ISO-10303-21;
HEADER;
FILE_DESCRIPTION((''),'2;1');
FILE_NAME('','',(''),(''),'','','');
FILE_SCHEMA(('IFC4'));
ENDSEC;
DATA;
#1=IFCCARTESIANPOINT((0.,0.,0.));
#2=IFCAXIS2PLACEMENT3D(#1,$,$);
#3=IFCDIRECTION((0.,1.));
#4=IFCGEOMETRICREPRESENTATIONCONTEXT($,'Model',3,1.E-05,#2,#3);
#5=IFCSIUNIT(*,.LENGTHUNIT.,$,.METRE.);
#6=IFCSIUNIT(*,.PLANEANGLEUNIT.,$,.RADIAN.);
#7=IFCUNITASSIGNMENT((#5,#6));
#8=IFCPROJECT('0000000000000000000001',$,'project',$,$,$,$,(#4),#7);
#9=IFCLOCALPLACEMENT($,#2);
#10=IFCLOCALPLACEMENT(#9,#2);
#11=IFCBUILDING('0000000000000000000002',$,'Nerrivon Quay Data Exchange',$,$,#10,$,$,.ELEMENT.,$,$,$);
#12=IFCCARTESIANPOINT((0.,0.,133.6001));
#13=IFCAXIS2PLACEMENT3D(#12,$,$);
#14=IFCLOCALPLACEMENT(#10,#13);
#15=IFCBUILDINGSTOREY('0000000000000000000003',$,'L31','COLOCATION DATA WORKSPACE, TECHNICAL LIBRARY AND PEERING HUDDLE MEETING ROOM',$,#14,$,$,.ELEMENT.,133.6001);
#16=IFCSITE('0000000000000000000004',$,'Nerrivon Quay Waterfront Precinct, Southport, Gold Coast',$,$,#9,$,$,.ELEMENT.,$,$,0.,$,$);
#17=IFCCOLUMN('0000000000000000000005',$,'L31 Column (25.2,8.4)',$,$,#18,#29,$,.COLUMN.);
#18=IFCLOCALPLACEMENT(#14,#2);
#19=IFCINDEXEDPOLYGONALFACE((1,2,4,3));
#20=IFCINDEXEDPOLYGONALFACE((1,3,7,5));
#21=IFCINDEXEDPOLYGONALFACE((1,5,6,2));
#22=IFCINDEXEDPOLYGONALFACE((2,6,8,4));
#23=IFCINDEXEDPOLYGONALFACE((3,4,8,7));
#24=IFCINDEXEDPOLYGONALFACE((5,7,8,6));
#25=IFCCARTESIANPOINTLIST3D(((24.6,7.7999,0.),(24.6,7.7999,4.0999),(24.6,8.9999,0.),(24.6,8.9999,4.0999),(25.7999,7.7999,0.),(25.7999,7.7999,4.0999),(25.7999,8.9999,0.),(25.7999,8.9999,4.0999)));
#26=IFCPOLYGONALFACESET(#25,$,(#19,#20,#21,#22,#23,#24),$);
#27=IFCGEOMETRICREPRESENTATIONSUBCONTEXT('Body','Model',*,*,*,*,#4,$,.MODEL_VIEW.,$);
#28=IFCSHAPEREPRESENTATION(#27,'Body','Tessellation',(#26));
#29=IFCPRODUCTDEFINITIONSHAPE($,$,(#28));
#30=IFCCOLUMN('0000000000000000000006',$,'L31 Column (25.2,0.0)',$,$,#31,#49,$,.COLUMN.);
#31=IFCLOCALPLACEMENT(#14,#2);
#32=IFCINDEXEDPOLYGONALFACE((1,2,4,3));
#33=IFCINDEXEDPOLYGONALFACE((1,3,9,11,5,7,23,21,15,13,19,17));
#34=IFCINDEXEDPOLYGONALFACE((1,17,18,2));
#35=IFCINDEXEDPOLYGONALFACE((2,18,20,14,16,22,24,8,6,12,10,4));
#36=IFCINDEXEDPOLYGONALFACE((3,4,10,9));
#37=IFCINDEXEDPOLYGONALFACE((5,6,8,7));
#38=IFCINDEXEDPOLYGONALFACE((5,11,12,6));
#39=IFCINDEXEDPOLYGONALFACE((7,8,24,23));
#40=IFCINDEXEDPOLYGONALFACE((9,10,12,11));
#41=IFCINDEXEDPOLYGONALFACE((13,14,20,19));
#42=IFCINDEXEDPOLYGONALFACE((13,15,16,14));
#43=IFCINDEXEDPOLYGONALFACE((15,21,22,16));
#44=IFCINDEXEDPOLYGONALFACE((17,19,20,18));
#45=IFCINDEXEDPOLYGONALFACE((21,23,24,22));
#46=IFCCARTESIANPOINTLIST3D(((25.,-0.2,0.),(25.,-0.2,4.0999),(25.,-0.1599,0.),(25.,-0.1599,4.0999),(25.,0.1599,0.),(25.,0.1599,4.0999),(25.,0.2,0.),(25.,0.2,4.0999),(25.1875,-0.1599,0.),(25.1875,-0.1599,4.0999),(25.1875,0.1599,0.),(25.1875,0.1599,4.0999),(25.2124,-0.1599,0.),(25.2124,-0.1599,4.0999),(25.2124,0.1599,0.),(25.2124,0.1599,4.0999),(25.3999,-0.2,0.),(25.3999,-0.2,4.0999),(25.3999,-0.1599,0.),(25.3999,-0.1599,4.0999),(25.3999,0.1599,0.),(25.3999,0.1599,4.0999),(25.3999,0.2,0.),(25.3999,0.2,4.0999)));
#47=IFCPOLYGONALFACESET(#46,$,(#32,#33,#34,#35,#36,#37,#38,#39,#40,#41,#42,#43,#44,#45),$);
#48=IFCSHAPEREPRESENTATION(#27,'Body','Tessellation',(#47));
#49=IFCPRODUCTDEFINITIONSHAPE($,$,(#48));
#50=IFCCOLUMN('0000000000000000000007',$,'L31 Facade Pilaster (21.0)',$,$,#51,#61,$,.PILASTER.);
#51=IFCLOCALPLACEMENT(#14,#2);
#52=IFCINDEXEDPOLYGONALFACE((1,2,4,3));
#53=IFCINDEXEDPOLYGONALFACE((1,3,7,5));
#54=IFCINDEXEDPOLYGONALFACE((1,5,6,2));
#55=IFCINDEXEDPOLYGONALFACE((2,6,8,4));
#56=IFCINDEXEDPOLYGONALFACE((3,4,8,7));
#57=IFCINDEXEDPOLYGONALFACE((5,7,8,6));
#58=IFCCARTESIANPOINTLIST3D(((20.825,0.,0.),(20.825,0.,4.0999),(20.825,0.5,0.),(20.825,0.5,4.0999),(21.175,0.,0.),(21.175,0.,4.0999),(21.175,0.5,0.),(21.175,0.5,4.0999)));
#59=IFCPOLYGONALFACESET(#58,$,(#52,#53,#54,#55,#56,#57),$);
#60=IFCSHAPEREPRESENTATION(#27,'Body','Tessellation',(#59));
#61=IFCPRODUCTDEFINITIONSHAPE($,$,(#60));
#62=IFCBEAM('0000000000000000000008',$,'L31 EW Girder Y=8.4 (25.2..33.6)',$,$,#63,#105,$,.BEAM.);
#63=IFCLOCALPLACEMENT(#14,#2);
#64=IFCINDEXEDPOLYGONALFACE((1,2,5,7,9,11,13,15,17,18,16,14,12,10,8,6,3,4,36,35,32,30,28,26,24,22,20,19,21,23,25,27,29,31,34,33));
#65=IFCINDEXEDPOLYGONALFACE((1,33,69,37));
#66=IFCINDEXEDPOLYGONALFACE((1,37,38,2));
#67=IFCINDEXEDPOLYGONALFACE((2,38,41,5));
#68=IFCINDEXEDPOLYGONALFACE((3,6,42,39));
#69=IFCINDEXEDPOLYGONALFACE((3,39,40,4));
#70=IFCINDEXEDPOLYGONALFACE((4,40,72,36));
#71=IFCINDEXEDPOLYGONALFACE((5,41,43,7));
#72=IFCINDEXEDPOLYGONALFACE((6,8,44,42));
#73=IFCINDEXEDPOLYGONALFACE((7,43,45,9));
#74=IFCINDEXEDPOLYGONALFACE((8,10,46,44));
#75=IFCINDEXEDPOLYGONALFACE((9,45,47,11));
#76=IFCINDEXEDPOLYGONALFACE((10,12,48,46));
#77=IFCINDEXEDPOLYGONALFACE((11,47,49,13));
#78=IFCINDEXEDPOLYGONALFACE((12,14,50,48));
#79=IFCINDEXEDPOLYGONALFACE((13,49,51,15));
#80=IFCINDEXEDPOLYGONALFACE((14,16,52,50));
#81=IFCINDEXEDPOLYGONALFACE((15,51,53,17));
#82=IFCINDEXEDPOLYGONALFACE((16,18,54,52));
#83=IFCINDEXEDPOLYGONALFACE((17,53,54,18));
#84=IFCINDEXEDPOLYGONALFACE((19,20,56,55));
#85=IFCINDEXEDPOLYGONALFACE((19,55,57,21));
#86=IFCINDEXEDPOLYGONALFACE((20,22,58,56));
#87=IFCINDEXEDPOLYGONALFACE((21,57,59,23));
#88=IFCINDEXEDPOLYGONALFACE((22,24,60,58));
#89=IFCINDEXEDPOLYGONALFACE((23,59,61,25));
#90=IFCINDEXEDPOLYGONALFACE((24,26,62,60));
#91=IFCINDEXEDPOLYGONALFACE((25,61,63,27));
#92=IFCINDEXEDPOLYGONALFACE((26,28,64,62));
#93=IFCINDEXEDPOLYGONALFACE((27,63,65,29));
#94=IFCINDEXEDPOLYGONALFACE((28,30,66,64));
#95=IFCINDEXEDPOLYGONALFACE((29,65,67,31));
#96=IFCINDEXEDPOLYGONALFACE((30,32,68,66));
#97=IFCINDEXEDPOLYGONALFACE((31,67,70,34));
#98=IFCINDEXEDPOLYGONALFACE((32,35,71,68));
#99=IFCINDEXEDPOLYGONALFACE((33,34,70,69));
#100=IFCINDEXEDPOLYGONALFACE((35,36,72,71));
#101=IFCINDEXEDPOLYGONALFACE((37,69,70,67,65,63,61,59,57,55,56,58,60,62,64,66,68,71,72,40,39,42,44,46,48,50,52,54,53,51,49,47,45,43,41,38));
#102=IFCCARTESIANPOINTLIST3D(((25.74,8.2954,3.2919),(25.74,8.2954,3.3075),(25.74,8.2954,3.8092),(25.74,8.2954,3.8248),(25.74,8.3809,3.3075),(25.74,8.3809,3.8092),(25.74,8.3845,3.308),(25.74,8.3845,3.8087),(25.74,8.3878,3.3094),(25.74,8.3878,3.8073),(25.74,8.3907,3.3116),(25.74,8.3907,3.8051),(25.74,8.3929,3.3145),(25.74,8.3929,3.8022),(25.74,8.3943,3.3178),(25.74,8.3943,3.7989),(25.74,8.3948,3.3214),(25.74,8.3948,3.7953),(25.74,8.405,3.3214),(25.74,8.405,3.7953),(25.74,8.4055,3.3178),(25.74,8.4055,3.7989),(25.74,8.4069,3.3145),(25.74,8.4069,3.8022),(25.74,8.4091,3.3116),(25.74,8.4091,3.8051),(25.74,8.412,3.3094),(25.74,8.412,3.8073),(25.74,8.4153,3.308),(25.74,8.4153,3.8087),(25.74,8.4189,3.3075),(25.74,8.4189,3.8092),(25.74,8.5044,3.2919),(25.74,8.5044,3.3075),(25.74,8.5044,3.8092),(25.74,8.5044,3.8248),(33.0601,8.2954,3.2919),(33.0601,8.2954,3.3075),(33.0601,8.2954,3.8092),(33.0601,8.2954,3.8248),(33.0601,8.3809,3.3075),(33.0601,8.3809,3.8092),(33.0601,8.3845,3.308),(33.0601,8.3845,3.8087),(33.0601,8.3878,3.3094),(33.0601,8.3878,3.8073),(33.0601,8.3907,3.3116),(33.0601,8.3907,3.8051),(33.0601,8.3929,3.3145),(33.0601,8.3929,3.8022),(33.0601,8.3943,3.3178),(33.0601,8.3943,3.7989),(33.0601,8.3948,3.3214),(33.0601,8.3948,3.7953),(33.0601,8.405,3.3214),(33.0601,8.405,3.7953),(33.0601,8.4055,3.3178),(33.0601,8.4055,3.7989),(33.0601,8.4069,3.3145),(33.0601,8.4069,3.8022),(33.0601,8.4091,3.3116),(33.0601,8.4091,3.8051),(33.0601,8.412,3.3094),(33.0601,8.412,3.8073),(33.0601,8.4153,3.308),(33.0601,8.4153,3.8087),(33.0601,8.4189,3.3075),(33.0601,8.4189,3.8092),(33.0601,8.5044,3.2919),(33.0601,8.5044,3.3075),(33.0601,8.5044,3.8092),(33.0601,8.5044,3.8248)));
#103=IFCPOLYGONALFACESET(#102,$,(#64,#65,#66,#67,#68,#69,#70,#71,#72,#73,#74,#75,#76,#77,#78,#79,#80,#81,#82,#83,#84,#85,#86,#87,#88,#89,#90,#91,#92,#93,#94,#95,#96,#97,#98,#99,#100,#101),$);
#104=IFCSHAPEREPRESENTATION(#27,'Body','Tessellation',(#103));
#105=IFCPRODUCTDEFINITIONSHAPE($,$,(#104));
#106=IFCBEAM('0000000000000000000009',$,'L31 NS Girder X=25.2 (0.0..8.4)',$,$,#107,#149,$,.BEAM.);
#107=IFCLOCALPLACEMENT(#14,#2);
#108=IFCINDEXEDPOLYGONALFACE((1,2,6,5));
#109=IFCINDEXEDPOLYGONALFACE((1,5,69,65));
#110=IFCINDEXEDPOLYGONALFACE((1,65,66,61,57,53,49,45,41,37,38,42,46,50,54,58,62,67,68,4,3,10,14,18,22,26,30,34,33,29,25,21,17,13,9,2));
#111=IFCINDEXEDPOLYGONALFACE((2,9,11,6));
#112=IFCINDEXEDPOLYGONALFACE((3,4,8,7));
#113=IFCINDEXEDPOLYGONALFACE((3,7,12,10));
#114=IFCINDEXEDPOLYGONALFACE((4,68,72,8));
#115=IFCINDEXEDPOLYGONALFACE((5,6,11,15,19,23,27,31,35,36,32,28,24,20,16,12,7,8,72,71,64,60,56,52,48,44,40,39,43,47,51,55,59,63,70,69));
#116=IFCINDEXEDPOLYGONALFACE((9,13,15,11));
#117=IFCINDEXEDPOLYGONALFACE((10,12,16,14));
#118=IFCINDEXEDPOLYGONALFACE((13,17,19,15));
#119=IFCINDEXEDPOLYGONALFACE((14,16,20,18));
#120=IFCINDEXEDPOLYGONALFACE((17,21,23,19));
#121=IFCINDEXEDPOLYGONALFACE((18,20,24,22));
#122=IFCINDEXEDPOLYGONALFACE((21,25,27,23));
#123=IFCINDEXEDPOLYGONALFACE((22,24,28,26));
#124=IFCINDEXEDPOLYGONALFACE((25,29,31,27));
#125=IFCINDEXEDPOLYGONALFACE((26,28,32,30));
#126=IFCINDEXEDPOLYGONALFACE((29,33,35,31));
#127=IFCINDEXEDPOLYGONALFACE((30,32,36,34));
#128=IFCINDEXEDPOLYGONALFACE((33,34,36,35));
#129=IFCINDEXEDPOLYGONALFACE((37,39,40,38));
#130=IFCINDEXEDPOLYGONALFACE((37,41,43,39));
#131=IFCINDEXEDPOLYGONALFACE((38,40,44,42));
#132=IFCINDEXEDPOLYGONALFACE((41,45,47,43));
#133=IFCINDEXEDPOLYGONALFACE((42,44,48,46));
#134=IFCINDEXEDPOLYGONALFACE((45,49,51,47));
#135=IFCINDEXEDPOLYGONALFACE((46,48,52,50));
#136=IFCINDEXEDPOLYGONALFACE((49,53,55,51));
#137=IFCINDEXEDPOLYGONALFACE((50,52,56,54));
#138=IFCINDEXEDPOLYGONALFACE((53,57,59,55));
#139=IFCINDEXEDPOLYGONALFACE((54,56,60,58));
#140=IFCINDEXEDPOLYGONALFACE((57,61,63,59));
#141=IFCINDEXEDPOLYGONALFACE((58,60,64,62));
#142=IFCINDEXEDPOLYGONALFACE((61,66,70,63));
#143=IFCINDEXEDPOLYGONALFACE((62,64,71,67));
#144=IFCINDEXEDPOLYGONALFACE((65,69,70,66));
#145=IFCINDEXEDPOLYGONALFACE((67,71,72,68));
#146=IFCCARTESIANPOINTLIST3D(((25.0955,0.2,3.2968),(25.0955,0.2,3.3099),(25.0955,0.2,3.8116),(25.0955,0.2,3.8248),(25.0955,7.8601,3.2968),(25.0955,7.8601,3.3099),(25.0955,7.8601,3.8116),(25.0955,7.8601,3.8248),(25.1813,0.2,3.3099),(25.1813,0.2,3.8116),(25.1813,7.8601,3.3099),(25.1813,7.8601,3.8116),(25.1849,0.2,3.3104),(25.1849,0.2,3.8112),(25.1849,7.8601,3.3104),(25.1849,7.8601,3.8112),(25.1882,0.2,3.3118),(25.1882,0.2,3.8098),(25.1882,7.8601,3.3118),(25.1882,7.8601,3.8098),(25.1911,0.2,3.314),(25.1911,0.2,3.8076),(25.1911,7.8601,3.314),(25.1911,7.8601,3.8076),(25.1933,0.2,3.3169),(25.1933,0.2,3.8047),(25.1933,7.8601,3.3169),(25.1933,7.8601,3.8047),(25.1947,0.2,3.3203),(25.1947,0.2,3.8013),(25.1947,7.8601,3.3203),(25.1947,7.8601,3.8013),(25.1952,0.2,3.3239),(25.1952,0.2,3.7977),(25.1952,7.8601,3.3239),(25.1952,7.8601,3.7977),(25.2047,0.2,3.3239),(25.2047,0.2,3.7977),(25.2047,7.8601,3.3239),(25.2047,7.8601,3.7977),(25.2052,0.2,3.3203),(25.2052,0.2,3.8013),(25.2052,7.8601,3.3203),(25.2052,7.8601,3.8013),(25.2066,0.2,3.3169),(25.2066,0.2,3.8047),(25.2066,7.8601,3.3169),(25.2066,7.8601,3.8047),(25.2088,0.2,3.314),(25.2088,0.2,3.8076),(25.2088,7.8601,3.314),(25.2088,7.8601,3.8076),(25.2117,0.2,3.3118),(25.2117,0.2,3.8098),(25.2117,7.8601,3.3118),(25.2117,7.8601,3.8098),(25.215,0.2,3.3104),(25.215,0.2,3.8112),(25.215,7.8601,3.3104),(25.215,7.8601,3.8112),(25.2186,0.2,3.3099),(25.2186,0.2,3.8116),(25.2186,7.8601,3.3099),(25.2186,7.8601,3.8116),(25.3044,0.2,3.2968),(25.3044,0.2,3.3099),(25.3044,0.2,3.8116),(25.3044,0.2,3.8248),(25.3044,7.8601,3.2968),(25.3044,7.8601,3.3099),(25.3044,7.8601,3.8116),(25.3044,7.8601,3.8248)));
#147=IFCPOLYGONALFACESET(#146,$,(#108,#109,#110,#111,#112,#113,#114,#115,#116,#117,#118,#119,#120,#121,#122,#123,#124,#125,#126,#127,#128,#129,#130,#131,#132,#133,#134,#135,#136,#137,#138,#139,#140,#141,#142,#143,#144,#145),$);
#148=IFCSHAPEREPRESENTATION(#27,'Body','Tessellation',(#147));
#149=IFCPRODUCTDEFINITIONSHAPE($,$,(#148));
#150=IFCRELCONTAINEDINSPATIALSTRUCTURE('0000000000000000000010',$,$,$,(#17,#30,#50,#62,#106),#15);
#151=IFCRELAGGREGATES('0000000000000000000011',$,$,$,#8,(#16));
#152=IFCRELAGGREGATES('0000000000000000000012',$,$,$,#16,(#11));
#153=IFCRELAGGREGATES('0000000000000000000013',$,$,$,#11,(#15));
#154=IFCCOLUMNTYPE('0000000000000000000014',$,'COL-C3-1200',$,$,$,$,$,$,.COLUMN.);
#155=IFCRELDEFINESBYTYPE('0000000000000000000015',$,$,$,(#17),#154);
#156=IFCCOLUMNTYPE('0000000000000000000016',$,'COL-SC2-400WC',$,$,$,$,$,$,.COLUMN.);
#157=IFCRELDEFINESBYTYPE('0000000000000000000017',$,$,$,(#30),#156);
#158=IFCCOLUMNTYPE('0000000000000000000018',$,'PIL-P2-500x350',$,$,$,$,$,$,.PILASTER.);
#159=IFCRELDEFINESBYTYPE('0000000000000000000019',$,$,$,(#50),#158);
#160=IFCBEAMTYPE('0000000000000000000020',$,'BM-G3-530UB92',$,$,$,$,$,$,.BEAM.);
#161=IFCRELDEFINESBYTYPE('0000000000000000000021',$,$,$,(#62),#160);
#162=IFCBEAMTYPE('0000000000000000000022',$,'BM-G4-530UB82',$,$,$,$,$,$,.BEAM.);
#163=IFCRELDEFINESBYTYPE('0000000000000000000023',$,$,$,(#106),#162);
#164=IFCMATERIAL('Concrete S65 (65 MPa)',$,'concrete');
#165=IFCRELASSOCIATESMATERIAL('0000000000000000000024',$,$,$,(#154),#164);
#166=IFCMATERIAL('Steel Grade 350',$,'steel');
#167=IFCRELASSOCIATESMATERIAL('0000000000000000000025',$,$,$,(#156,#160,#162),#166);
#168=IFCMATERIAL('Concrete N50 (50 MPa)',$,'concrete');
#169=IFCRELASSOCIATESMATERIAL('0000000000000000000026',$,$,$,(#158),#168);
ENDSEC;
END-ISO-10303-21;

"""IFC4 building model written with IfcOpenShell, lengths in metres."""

from ifc_helpers import new_model, si_unit, direction, frame, origin, origin_2d, place, context, subcontext, project, spatial, rectangle, i_section, extrude, material, material_profile, profile_set, type_object, element, save


model = new_model("IFC4")

# Units and contexts
model_context = context("Model", 3, precision=1e-05, world=origin(), true_north=direction((0.0, 1.0)))
body_context = subcontext(model_context, "Body", "Model", "MODEL_VIEW")
ifc_project = project(units=[si_unit("LENGTHUNIT", "METRE"), si_unit("PLANEANGLEUNIT", "RADIAN")], contexts=[model_context])

# Site, building, storey
site_placement = place(None, origin())
site = spatial("IfcSite", under=ifc_project, at=site_placement, Name="Nerrivon Quay Waterfront Precinct, Southport, Gold Coast", CompositionType="ELEMENT", RefElevation=0.0)
building_placement = place(site_placement, origin())
building = spatial("IfcBuilding", under=site, at=building_placement, Name="Nerrivon Quay Data Exchange", CompositionType="ELEMENT")
storey_placement = place(building_placement, frame((0.0, 0.0, 133.6001)))
storey = spatial("IfcBuildingStorey", under=building, at=storey_placement, Name="L31", Description="COLOCATION DATA WORKSPACE, TECHNICAL LIBRARY AND PEERING HUDDLE MEETING ROOM", CompositionType="ELEMENT", Elevation=133.6001)

# Columns
ifc_material_1 = material(Name="Concrete S65 (65 MPa)", Category="concrete")
ifc_material_profile_1 = material_profile(ifc_material_1, rectangle(XDim=1.2, YDim=1.2, at=origin_2d()), Name="RC-COL-1200x1200")
ifc_profile_set_1 = profile_set([ifc_material_profile_1], Name="Concrete S65 (65 MPa)")
column_type_1 = type_object("IfcColumnType", Name="COL-C3-1200", PredefinedType="COLUMN", material=ifc_profile_set_1)
column_1_placement = place(storey_placement, frame((25.2, 8.3999, 0.0), z_axis=(0.0, 0.0, 1.0), x_axis=(1.0, 0.0, 0.0)))
element("IfcColumn", 1, at=column_1_placement, inside=storey, type_object=column_type_1, Name="L31 Column (25.2,8.4)", PredefinedType="COLUMN", context=body_context, shape_type="SweptSolid", body=[
    extrude(rectangle(XDim=1.2, YDim=1.2, at=origin_2d()), origin(), (0.0, 0.0, 1.0), 4.0999),
])
ifc_material_2 = material(Name="Steel Grade 350", Category="steel")
ifc_material_profile_2 = material_profile(ifc_material_2, i_section(OverallWidth=0.3999, OverallDepth=0.3999, WebThickness=0.0249, FlangeThickness=0.04, at=origin_2d()), Name="400WC328")
ifc_profile_set_2 = profile_set([ifc_material_profile_2], Name="Steel Grade 350")
column_type_2 = type_object("IfcColumnType", Name="COL-SC2-400WC", PredefinedType="COLUMN", material=ifc_profile_set_2)
column_2_placement = place(storey_placement, frame((25.2, 0.0, 0.0), z_axis=(0.0, 0.0, 1.0), x_axis=(1.0, 0.0, 0.0)))
element("IfcColumn", 2, at=column_2_placement, inside=storey, type_object=column_type_2, Name="L31 Column (25.2,0.0)", PredefinedType="COLUMN", context=body_context, shape_type="SweptSolid", body=[
    extrude(i_section(OverallWidth=0.3999, OverallDepth=0.3999, WebThickness=0.0249, FlangeThickness=0.04, at=origin_2d()), origin(), (0.0, 0.0, 1.0), 4.0999),
])
ifc_material_3 = material(Name="Concrete N50 (50 MPa)", Category="concrete")
ifc_material_profile_3 = material_profile(ifc_material_3, rectangle(XDim=0.3501, YDim=0.5, at=origin_2d()), Name="RC-PIL-500x350")
ifc_profile_set_3 = profile_set([ifc_material_profile_3], Name="Concrete N50 (50 MPa)")
column_type_3 = type_object("IfcColumnType", Name="PIL-P2-500x350", PredefinedType="PILASTER", material=ifc_profile_set_3)
column_3_placement = place(storey_placement, frame((21.0, 0.25, 0.0), z_axis=(0.0, 0.0, 1.0), x_axis=(1.0, 0.0, 0.0)))
element("IfcColumn", 3, at=column_3_placement, inside=storey, type_object=column_type_3, Name="L31 Facade Pilaster (21.0)", PredefinedType="PILASTER", context=body_context, shape_type="SweptSolid", body=[
    extrude(rectangle(XDim=0.3501, YDim=0.5, at=origin_2d()), origin(), (0.0, 0.0, 1.0), 4.0999),
])

# Beams
ifc_material_profile_4 = material_profile(ifc_material_2, i_section(OverallWidth=0.209, OverallDepth=0.533, WebThickness=0.0103, FlangeThickness=0.0156, FilletRadius=0.0139, at=origin_2d()), Name="530UB92.4")
ifc_profile_set_4 = profile_set([ifc_material_profile_4], Name="Steel Grade 350")
beam_type_1 = type_object("IfcBeamType", Name="BM-G3-530UB92", PredefinedType="BEAM", material=ifc_profile_set_4)
beam_1_placement = place(storey_placement, frame((25.74, 8.3999, 3.5583), z_axis=(1.0, 0.0, 0.0), x_axis=(0.0, 1.0, 0.0)))
element("IfcBeam", 4, at=beam_1_placement, inside=storey, type_object=beam_type_1, Name="L31 EW Girder Y=8.4 (25.2..33.6)", PredefinedType="BEAM", context=body_context, shape_type="SweptSolid", body=[
    extrude(i_section(OverallWidth=0.209, OverallDepth=0.533, WebThickness=0.0103, FlangeThickness=0.0156, FilletRadius=0.0139, at=origin_2d()), origin(), (0.0, 0.0, 1.0), 7.3201),
])
ifc_material_profile_5 = material_profile(ifc_material_2, i_section(OverallWidth=0.209, OverallDepth=0.5281, WebThickness=0.0095, FlangeThickness=0.0132, FilletRadius=0.0139, at=origin_2d()), Name="530UB82.0")
ifc_profile_set_5 = profile_set([ifc_material_profile_5], Name="Steel Grade 350")
beam_type_2 = type_object("IfcBeamType", Name="BM-G4-530UB82", PredefinedType="BEAM", material=ifc_profile_set_5)
beam_2_placement = place(storey_placement, frame((25.2, 0.2, 3.5608), z_axis=(0.0, 1.0, 0.0), x_axis=(-1.0, 0.0, 0.0)))
element("IfcBeam", 5, at=beam_2_placement, inside=storey, type_object=beam_type_2, Name="L31 NS Girder X=25.2 (0.0..8.4)", PredefinedType="BEAM", context=body_context, shape_type="SweptSolid", body=[
    extrude(i_section(OverallWidth=0.209, OverallDepth=0.5281, WebThickness=0.0095, FlangeThickness=0.0132, FilletRadius=0.0139, at=origin_2d()), origin(), (0.0, 0.0, 1.0), 7.6602),
])

save(model, "model.ifc")
